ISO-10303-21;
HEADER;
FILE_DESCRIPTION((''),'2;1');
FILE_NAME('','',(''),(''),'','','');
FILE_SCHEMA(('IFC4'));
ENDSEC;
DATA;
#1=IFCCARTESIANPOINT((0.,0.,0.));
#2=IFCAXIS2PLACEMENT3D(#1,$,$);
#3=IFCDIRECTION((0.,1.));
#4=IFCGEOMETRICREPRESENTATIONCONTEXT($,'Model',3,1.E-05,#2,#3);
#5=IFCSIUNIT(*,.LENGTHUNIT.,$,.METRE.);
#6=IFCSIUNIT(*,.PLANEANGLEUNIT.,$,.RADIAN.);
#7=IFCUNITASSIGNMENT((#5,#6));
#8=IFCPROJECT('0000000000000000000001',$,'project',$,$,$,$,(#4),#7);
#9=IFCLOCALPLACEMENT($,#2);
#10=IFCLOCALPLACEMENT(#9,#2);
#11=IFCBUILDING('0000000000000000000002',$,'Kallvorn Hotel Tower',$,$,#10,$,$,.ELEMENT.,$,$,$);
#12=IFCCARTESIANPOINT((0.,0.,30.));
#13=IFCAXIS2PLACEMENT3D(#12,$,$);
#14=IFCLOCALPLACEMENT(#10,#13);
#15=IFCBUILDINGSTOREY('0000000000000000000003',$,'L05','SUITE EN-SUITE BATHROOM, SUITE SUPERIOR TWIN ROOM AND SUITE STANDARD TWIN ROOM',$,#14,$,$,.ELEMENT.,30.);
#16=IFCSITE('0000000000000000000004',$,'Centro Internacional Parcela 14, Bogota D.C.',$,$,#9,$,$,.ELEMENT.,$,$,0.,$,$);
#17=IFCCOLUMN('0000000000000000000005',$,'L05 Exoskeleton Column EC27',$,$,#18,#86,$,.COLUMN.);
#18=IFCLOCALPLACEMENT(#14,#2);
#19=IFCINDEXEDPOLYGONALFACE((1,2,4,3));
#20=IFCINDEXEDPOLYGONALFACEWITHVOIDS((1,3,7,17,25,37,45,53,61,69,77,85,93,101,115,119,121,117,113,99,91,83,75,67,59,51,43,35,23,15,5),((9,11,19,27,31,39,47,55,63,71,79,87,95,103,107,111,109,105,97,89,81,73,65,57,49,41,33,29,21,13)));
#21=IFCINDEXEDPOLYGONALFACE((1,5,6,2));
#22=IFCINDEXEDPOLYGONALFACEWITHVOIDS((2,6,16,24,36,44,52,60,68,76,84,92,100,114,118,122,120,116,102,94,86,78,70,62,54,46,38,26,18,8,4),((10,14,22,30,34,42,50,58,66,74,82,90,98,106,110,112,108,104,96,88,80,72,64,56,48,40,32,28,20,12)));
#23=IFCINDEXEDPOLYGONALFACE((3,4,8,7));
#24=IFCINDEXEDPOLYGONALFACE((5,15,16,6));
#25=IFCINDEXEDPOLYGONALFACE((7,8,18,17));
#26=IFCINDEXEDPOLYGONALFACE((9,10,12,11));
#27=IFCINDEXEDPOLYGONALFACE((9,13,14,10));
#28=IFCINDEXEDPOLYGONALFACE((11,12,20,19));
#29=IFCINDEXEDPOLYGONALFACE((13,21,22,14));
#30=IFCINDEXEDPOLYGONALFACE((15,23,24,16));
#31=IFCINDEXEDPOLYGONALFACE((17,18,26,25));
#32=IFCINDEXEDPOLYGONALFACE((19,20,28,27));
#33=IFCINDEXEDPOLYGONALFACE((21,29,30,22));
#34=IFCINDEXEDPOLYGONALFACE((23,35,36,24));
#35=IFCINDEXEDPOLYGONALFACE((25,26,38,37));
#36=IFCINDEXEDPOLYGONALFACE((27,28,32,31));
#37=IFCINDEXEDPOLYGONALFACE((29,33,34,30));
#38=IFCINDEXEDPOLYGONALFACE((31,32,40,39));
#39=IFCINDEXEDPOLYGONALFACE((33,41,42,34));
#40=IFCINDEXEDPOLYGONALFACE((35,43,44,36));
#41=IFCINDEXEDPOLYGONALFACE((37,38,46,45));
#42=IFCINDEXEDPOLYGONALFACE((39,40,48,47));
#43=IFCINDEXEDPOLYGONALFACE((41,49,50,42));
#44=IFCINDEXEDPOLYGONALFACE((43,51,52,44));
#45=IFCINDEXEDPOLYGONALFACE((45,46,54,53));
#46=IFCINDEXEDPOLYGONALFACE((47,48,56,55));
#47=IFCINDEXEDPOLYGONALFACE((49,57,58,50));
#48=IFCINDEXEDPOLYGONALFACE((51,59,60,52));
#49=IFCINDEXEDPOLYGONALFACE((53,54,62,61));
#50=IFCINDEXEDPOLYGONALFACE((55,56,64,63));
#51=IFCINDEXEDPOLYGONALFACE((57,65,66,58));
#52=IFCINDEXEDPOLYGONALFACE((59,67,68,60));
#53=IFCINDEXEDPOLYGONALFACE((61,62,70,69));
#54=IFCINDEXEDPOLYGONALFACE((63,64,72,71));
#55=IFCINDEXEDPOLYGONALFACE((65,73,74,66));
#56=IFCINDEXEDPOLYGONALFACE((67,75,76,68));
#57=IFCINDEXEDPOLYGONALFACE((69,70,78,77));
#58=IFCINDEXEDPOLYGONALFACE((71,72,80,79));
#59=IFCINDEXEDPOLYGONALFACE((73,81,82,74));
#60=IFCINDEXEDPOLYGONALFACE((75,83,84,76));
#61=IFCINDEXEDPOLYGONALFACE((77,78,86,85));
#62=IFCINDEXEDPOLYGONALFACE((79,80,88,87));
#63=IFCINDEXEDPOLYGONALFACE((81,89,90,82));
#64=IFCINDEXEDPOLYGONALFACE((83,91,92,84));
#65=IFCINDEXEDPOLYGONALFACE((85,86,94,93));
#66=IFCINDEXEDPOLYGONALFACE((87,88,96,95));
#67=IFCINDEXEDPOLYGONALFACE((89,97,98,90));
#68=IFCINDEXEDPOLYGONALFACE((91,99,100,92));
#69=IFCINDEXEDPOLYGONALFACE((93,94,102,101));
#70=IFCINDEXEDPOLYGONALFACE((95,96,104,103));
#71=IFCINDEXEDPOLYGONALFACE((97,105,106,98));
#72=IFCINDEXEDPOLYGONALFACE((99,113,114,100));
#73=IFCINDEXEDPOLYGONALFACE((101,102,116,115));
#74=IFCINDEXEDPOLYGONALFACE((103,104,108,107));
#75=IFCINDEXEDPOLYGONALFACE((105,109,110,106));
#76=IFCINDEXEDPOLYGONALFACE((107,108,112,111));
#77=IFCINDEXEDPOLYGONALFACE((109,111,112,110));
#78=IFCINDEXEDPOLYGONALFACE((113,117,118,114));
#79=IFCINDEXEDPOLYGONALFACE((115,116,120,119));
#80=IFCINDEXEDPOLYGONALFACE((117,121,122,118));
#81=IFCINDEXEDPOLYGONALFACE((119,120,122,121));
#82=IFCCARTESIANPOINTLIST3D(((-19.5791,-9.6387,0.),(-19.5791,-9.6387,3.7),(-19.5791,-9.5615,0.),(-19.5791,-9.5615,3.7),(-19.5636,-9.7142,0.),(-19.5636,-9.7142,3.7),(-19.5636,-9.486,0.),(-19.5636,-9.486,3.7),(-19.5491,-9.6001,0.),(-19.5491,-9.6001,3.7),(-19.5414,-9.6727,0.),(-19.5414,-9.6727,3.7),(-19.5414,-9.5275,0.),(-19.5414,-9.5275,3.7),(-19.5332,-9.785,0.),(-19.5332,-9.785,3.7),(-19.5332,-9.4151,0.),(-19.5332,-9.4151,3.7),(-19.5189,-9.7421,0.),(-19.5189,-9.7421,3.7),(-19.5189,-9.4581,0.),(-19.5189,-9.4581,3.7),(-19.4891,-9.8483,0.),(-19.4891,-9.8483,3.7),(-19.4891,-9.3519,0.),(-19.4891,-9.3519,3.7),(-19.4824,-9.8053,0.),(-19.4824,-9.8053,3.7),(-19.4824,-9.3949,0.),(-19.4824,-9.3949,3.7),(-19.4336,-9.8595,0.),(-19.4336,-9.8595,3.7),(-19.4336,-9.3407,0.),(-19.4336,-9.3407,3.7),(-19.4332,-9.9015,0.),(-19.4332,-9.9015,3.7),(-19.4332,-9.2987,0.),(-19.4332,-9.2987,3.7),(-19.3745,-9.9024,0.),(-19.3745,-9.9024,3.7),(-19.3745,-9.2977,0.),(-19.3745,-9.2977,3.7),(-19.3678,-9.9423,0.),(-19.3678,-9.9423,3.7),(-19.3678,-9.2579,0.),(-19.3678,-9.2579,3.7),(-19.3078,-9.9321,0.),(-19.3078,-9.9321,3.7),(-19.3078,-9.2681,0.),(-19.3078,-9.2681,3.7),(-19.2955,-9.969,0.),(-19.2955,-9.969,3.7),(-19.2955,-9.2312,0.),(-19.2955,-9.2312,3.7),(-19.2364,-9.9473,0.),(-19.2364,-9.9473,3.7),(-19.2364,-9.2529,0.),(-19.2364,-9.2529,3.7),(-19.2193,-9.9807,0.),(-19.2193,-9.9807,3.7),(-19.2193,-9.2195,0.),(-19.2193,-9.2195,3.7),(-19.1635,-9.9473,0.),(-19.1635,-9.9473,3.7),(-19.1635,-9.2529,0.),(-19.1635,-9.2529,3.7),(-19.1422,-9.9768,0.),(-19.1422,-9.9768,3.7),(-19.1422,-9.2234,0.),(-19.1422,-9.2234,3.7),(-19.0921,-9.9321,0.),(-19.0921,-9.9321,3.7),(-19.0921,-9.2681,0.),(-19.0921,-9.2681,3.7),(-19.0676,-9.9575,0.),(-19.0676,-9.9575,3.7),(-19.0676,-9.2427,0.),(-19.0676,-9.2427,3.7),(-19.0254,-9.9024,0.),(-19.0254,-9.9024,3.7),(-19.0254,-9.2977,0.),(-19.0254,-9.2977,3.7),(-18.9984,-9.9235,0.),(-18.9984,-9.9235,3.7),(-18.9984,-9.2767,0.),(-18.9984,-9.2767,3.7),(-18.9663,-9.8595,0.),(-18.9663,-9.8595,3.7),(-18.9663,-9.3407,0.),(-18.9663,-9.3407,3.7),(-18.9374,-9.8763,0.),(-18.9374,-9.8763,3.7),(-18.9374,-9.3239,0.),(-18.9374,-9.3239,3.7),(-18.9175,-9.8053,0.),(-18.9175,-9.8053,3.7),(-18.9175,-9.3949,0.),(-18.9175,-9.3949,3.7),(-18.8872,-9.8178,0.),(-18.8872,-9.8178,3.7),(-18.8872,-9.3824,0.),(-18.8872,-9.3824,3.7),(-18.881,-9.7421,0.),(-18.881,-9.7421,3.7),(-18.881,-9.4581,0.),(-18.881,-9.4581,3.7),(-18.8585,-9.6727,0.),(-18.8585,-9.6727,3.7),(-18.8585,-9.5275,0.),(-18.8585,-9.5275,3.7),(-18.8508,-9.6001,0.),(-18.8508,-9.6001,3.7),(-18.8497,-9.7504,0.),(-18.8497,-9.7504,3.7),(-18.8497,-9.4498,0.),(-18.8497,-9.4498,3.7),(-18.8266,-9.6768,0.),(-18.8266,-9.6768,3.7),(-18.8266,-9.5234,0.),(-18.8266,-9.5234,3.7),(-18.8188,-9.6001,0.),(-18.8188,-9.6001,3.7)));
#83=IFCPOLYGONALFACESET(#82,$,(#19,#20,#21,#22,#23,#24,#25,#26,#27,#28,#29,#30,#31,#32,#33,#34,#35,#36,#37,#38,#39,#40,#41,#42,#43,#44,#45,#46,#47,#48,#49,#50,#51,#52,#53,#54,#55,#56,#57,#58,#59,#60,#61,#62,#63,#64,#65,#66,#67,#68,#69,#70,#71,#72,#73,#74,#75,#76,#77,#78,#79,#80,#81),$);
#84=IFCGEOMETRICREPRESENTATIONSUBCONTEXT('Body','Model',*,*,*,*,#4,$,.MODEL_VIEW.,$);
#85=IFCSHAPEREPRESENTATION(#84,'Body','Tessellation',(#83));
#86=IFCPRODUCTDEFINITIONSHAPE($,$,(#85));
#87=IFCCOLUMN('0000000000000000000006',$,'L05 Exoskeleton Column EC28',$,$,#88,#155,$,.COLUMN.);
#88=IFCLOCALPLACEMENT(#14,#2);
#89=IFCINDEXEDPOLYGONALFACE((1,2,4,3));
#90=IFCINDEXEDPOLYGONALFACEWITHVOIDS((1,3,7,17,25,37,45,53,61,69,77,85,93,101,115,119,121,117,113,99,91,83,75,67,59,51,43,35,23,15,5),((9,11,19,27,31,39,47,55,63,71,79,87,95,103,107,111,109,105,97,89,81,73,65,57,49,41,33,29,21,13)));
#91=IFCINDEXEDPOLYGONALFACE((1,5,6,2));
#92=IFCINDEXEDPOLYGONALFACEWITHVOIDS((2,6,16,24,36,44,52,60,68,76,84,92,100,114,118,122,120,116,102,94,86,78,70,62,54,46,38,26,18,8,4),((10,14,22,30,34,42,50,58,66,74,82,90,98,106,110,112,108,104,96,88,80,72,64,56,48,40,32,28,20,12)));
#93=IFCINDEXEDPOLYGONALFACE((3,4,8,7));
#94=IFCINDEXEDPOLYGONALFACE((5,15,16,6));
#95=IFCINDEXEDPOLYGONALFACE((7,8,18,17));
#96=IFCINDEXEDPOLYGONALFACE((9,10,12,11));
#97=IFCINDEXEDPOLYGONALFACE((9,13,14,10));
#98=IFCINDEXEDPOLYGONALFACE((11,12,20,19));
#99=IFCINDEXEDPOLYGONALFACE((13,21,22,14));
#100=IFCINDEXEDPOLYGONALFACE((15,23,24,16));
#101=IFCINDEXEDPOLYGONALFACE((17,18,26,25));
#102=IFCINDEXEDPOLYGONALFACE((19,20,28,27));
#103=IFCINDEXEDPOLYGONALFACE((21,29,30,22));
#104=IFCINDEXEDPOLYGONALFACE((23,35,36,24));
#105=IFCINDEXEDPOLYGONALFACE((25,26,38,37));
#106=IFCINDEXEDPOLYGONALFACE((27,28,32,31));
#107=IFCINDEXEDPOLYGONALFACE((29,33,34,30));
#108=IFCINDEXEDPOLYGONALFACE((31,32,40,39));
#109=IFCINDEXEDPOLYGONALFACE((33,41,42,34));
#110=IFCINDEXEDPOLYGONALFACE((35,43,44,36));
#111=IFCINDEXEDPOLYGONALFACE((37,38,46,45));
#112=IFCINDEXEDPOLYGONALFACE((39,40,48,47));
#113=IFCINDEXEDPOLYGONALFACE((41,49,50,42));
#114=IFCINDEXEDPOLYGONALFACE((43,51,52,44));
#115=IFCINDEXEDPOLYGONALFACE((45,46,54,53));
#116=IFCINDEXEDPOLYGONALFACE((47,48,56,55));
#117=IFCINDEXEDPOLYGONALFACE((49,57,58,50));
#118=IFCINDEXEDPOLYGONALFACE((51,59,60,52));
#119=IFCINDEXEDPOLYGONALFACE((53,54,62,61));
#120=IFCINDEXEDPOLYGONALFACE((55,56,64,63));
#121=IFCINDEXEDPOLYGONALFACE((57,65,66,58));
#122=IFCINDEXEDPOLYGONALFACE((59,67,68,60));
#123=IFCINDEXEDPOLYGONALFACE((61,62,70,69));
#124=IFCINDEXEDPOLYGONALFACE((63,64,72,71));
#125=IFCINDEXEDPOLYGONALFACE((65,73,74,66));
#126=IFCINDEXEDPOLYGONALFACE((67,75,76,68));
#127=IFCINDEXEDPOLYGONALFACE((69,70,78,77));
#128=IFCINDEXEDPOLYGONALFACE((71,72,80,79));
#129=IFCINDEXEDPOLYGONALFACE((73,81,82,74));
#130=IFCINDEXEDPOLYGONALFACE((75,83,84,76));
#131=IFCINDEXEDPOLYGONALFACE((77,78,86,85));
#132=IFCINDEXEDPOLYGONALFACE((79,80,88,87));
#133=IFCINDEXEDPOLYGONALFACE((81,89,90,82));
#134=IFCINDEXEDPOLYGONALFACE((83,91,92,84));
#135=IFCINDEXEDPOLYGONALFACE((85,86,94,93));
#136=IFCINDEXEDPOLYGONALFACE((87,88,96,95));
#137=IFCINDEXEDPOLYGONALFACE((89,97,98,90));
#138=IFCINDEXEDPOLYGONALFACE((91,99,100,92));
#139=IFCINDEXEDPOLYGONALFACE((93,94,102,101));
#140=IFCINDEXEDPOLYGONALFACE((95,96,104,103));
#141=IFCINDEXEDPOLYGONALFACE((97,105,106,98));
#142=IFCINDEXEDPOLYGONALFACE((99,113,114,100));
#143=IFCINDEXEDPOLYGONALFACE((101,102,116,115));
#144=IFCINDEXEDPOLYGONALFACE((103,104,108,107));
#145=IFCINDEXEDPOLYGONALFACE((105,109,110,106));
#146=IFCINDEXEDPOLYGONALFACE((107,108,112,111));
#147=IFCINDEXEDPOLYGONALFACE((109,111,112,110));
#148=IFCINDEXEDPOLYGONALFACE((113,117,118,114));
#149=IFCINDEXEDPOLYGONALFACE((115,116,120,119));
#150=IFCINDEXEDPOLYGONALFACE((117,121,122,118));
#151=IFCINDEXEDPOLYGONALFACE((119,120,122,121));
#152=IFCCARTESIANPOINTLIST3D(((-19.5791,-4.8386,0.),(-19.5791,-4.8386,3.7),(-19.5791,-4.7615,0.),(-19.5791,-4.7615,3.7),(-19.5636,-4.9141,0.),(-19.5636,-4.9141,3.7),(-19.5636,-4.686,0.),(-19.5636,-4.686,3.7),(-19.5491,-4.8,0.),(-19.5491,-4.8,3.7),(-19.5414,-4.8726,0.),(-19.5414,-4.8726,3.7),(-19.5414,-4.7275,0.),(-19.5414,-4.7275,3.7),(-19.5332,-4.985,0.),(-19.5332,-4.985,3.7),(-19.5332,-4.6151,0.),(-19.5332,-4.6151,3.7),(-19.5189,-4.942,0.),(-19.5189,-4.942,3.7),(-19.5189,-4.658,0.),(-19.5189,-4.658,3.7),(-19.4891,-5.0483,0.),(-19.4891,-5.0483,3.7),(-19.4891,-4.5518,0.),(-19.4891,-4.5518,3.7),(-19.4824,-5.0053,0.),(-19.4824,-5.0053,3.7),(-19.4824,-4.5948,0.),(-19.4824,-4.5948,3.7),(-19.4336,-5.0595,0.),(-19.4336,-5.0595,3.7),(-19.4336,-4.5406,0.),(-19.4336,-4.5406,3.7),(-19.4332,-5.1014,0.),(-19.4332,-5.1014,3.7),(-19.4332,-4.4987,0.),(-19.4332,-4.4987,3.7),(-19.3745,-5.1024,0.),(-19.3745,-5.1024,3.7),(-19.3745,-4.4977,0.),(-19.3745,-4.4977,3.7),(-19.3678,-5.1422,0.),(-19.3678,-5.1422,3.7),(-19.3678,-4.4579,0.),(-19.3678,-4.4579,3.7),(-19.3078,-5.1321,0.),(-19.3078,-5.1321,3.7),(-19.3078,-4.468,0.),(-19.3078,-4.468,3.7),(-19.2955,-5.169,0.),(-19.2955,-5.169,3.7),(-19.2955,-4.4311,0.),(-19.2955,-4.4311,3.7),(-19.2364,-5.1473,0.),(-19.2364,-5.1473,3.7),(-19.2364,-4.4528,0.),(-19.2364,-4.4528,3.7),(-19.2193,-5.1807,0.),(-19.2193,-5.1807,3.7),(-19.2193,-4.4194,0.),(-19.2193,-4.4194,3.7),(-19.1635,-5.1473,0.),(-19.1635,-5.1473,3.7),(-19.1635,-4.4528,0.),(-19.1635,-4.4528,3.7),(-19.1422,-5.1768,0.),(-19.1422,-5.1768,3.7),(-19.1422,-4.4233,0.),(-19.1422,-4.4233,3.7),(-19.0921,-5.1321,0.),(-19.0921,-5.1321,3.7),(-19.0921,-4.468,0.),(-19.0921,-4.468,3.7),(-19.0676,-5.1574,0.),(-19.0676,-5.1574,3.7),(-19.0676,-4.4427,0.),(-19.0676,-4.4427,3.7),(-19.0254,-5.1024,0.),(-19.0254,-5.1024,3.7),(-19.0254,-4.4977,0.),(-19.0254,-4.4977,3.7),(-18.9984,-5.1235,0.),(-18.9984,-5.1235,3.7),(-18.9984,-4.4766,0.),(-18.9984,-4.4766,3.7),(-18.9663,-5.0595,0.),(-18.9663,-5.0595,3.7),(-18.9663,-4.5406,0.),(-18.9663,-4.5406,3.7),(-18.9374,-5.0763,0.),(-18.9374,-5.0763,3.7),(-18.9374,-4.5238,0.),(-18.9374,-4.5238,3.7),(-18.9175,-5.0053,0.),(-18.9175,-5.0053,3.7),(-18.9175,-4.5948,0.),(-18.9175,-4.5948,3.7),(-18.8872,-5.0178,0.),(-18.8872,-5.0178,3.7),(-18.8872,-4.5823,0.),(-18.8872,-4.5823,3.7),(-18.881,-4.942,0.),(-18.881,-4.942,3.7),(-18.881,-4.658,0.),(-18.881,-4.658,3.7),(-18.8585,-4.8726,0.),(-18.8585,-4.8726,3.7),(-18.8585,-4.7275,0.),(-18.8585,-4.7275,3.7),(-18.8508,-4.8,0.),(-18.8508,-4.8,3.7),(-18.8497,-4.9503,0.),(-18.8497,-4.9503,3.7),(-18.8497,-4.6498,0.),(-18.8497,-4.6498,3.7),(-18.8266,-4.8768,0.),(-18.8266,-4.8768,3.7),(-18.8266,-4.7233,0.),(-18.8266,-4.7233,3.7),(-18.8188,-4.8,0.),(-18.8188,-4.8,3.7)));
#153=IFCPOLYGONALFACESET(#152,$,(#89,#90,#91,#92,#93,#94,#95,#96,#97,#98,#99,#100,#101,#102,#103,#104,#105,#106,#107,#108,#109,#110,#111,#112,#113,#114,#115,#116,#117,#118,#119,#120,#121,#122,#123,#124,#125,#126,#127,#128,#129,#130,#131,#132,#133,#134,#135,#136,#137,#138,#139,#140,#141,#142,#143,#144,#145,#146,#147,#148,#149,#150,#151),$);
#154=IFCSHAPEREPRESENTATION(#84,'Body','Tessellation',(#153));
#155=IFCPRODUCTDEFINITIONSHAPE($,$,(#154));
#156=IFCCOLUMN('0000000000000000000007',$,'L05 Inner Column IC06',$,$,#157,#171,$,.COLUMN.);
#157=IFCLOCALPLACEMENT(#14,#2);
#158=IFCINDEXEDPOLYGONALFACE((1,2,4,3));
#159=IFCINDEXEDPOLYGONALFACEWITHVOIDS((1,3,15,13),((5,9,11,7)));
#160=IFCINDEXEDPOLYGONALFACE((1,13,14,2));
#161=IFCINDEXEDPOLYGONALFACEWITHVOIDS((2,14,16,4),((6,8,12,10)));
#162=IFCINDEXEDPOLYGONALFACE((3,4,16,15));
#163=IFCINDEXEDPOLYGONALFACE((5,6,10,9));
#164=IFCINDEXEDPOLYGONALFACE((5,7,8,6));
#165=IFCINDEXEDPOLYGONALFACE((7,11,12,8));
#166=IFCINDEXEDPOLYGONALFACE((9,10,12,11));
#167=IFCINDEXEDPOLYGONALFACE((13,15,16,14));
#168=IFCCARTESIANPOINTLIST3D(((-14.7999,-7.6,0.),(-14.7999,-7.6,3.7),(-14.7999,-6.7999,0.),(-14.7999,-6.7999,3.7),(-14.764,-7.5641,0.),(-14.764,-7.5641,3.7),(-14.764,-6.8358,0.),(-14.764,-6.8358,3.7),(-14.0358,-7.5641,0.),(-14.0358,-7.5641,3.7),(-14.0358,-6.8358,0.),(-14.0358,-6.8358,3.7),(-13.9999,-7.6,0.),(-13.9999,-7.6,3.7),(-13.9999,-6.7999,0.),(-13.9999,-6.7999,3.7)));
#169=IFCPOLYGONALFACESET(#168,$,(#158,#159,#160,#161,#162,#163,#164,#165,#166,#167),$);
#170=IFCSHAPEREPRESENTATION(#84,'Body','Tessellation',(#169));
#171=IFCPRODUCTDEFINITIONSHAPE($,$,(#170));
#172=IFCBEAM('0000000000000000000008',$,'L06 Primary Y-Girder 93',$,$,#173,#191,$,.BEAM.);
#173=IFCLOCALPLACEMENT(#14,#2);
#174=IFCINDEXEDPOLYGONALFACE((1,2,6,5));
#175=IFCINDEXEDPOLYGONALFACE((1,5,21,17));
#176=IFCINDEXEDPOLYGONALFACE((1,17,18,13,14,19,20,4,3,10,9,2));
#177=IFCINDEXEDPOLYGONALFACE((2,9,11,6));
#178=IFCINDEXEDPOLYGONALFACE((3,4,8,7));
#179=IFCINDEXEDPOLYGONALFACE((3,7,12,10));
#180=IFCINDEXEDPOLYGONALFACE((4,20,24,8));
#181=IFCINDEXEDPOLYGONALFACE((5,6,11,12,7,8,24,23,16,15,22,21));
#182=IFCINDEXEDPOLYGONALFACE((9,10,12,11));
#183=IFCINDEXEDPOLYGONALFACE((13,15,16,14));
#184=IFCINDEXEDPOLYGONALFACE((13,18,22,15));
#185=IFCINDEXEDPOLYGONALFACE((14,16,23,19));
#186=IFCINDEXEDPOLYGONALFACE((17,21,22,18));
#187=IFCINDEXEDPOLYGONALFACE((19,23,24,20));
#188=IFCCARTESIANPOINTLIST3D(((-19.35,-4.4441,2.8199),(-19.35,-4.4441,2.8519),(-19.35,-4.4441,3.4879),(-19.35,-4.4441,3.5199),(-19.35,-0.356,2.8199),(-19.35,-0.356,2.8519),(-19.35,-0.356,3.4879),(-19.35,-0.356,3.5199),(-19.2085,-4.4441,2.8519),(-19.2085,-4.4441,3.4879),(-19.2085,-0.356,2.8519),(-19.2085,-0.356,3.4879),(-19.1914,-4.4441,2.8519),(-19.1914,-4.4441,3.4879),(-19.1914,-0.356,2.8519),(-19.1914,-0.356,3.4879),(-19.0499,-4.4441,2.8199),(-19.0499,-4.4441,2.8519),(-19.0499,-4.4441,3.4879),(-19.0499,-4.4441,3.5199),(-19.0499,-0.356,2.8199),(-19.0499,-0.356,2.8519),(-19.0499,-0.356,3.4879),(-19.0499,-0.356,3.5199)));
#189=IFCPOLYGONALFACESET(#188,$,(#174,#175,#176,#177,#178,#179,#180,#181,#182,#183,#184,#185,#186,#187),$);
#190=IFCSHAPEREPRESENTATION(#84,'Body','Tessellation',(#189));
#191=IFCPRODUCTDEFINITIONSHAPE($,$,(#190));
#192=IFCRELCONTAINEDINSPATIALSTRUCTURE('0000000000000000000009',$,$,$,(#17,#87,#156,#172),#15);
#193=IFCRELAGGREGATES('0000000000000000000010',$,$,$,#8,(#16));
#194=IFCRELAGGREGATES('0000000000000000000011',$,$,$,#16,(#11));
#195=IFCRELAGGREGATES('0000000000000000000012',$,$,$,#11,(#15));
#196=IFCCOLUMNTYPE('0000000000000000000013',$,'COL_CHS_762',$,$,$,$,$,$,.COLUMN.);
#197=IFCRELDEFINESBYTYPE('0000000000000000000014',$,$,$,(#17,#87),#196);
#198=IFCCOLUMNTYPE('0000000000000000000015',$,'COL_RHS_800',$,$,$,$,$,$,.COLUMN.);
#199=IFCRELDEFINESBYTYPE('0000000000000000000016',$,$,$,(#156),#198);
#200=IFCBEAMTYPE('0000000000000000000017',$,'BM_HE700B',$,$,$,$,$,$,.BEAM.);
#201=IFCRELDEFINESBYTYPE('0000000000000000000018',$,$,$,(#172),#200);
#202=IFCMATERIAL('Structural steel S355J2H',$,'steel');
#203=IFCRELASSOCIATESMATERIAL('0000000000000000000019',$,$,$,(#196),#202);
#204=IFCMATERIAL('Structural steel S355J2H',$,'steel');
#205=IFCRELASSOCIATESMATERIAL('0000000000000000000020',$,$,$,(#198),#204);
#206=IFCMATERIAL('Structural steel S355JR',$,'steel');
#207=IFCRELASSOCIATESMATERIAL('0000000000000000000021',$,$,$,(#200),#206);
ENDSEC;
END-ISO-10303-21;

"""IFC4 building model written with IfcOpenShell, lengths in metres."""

from ifc_helpers import new_model, si_unit, direction, frame, origin, origin_2d, place, context, subcontext, project, spatial, hollow_rectangle, hollow_circle, i_section, extrude, material, material_profile, profile_set, type_object, element, save


model = new_model("IFC4")

# Units and contexts
model_context = context("Model", 3, precision=1e-05, world=origin(), true_north=direction((0.0, 1.0)))
body_context = subcontext(model_context, "Body", "Model", "MODEL_VIEW")
ifc_project = project(units=[si_unit("LENGTHUNIT", "METRE"), si_unit("PLANEANGLEUNIT", "RADIAN")], contexts=[model_context])

# Site, building, storey
site_placement = place(None, origin())
site = spatial("IfcSite", under=ifc_project, at=site_placement, Name="Centro Internacional Parcela 14, Bogota D.C.", CompositionType="ELEMENT", RefElevation=0.0)
building_placement = place(site_placement, origin())
building = spatial("IfcBuilding", under=site, at=building_placement, Name="Kallvorn Hotel Tower", CompositionType="ELEMENT")
storey_placement = place(building_placement, frame((0.0, 0.0, 30.0)))
storey = spatial("IfcBuildingStorey", under=building, at=storey_placement, Name="L05", Description="SUITE EN-SUITE BATHROOM, SUITE SUPERIOR TWIN ROOM AND SUITE STANDARD TWIN ROOM", CompositionType="ELEMENT", Elevation=30.0)

# Columns
ifc_material_1 = material(Name="Structural steel S355J2H", Category="steel")
ifc_material_profile_1 = material_profile(ifc_material_1, hollow_circle(Radius=0.3811, WallThickness=0.032, at=origin_2d()), Name="CHS 762x32")
ifc_profile_set_1 = profile_set([ifc_material_profile_1], Name="Structural steel S355J2H")
column_type_1 = type_object("IfcColumnType", Name="COL_CHS_762", PredefinedType="COLUMN", material=ifc_profile_set_1)
for number, where, z_axis, x_axis, name in (
    (1, (-19.2, -9.6001, 0.0), (0.0, 0.0, 1.0), (1.0, 0.0, 0.0), "L05 Exoskeleton Column EC27"),
    (2, (-19.2, -4.8, 0.0), (0.0, 0.0, 1.0), (1.0, 0.0, 0.0), "L05 Exoskeleton Column EC28"),
):
    element("IfcColumn", number, at=place(storey_placement, frame(where, z_axis=z_axis, x_axis=x_axis)), inside=storey, type_object=column_type_1, Name=name, PredefinedType="COLUMN", context=body_context, shape_type="SweptSolid", body=[
        extrude(hollow_circle(Radius=0.3811, WallThickness=0.032, at=origin_2d()), origin(), (0.0, 0.0, 1.0), 3.7),
    ])
ifc_material_2 = material(Name="Structural steel S355J2H", Category="steel")
ifc_material_profile_2 = material_profile(ifc_material_2, hollow_rectangle(XDim=0.8, YDim=0.8, WallThickness=0.0359, at=origin_2d()), Name="RHS 800x800x36")
ifc_profile_set_2 = profile_set([ifc_material_profile_2], Name="Structural steel S355J2H")
column_type_2 = type_object("IfcColumnType", Name="COL_RHS_800", PredefinedType="COLUMN", material=ifc_profile_set_2)
column_placement = place(storey_placement, frame((-14.3999, -7.2, 0.0), z_axis=(0.0, 0.0, 1.0), x_axis=(1.0, 0.0, 0.0)))
element("IfcColumn", 3, at=column_placement, inside=storey, type_object=column_type_2, Name="L05 Inner Column IC06", PredefinedType="COLUMN", context=body_context, shape_type="SweptSolid", body=[
    extrude(hollow_rectangle(XDim=0.8, YDim=0.8, WallThickness=0.0359, at=origin_2d()), origin(), (0.0, 0.0, 1.0), 3.7),
])

# Beam
ifc_material_3 = material(Name="Structural steel S355JR", Category="steel")
ifc_material_profile_3 = material_profile(ifc_material_3, i_section(OverallWidth=0.3, OverallDepth=0.7, WebThickness=0.0171, FlangeThickness=0.032, at=origin_2d()), Name="HE 700 B")
ifc_profile_set_3 = profile_set([ifc_material_profile_3], Name="Structural steel S355JR")
beam_type_1 = type_object("IfcBeamType", Name="BM_HE700B", PredefinedType="BEAM", material=ifc_profile_set_3)
beam_1_placement = place(storey_placement, frame((-19.2, -4.4441, 3.1699), z_axis=(0.0, 1.0, 0.0), x_axis=(-1.0, 0.0, 0.0)))
element("IfcBeam", 4, at=beam_1_placement, inside=storey, type_object=beam_type_1, Name="L06 Primary Y-Girder 93", PredefinedType="BEAM", context=body_context, shape_type="SweptSolid", body=[
    extrude(i_section(OverallWidth=0.3, OverallDepth=0.7, WebThickness=0.0171, FlangeThickness=0.032, at=origin_2d()), origin(), (0.0, 0.0, 1.0), 4.0881),
])

save(model, "model.ifc")
